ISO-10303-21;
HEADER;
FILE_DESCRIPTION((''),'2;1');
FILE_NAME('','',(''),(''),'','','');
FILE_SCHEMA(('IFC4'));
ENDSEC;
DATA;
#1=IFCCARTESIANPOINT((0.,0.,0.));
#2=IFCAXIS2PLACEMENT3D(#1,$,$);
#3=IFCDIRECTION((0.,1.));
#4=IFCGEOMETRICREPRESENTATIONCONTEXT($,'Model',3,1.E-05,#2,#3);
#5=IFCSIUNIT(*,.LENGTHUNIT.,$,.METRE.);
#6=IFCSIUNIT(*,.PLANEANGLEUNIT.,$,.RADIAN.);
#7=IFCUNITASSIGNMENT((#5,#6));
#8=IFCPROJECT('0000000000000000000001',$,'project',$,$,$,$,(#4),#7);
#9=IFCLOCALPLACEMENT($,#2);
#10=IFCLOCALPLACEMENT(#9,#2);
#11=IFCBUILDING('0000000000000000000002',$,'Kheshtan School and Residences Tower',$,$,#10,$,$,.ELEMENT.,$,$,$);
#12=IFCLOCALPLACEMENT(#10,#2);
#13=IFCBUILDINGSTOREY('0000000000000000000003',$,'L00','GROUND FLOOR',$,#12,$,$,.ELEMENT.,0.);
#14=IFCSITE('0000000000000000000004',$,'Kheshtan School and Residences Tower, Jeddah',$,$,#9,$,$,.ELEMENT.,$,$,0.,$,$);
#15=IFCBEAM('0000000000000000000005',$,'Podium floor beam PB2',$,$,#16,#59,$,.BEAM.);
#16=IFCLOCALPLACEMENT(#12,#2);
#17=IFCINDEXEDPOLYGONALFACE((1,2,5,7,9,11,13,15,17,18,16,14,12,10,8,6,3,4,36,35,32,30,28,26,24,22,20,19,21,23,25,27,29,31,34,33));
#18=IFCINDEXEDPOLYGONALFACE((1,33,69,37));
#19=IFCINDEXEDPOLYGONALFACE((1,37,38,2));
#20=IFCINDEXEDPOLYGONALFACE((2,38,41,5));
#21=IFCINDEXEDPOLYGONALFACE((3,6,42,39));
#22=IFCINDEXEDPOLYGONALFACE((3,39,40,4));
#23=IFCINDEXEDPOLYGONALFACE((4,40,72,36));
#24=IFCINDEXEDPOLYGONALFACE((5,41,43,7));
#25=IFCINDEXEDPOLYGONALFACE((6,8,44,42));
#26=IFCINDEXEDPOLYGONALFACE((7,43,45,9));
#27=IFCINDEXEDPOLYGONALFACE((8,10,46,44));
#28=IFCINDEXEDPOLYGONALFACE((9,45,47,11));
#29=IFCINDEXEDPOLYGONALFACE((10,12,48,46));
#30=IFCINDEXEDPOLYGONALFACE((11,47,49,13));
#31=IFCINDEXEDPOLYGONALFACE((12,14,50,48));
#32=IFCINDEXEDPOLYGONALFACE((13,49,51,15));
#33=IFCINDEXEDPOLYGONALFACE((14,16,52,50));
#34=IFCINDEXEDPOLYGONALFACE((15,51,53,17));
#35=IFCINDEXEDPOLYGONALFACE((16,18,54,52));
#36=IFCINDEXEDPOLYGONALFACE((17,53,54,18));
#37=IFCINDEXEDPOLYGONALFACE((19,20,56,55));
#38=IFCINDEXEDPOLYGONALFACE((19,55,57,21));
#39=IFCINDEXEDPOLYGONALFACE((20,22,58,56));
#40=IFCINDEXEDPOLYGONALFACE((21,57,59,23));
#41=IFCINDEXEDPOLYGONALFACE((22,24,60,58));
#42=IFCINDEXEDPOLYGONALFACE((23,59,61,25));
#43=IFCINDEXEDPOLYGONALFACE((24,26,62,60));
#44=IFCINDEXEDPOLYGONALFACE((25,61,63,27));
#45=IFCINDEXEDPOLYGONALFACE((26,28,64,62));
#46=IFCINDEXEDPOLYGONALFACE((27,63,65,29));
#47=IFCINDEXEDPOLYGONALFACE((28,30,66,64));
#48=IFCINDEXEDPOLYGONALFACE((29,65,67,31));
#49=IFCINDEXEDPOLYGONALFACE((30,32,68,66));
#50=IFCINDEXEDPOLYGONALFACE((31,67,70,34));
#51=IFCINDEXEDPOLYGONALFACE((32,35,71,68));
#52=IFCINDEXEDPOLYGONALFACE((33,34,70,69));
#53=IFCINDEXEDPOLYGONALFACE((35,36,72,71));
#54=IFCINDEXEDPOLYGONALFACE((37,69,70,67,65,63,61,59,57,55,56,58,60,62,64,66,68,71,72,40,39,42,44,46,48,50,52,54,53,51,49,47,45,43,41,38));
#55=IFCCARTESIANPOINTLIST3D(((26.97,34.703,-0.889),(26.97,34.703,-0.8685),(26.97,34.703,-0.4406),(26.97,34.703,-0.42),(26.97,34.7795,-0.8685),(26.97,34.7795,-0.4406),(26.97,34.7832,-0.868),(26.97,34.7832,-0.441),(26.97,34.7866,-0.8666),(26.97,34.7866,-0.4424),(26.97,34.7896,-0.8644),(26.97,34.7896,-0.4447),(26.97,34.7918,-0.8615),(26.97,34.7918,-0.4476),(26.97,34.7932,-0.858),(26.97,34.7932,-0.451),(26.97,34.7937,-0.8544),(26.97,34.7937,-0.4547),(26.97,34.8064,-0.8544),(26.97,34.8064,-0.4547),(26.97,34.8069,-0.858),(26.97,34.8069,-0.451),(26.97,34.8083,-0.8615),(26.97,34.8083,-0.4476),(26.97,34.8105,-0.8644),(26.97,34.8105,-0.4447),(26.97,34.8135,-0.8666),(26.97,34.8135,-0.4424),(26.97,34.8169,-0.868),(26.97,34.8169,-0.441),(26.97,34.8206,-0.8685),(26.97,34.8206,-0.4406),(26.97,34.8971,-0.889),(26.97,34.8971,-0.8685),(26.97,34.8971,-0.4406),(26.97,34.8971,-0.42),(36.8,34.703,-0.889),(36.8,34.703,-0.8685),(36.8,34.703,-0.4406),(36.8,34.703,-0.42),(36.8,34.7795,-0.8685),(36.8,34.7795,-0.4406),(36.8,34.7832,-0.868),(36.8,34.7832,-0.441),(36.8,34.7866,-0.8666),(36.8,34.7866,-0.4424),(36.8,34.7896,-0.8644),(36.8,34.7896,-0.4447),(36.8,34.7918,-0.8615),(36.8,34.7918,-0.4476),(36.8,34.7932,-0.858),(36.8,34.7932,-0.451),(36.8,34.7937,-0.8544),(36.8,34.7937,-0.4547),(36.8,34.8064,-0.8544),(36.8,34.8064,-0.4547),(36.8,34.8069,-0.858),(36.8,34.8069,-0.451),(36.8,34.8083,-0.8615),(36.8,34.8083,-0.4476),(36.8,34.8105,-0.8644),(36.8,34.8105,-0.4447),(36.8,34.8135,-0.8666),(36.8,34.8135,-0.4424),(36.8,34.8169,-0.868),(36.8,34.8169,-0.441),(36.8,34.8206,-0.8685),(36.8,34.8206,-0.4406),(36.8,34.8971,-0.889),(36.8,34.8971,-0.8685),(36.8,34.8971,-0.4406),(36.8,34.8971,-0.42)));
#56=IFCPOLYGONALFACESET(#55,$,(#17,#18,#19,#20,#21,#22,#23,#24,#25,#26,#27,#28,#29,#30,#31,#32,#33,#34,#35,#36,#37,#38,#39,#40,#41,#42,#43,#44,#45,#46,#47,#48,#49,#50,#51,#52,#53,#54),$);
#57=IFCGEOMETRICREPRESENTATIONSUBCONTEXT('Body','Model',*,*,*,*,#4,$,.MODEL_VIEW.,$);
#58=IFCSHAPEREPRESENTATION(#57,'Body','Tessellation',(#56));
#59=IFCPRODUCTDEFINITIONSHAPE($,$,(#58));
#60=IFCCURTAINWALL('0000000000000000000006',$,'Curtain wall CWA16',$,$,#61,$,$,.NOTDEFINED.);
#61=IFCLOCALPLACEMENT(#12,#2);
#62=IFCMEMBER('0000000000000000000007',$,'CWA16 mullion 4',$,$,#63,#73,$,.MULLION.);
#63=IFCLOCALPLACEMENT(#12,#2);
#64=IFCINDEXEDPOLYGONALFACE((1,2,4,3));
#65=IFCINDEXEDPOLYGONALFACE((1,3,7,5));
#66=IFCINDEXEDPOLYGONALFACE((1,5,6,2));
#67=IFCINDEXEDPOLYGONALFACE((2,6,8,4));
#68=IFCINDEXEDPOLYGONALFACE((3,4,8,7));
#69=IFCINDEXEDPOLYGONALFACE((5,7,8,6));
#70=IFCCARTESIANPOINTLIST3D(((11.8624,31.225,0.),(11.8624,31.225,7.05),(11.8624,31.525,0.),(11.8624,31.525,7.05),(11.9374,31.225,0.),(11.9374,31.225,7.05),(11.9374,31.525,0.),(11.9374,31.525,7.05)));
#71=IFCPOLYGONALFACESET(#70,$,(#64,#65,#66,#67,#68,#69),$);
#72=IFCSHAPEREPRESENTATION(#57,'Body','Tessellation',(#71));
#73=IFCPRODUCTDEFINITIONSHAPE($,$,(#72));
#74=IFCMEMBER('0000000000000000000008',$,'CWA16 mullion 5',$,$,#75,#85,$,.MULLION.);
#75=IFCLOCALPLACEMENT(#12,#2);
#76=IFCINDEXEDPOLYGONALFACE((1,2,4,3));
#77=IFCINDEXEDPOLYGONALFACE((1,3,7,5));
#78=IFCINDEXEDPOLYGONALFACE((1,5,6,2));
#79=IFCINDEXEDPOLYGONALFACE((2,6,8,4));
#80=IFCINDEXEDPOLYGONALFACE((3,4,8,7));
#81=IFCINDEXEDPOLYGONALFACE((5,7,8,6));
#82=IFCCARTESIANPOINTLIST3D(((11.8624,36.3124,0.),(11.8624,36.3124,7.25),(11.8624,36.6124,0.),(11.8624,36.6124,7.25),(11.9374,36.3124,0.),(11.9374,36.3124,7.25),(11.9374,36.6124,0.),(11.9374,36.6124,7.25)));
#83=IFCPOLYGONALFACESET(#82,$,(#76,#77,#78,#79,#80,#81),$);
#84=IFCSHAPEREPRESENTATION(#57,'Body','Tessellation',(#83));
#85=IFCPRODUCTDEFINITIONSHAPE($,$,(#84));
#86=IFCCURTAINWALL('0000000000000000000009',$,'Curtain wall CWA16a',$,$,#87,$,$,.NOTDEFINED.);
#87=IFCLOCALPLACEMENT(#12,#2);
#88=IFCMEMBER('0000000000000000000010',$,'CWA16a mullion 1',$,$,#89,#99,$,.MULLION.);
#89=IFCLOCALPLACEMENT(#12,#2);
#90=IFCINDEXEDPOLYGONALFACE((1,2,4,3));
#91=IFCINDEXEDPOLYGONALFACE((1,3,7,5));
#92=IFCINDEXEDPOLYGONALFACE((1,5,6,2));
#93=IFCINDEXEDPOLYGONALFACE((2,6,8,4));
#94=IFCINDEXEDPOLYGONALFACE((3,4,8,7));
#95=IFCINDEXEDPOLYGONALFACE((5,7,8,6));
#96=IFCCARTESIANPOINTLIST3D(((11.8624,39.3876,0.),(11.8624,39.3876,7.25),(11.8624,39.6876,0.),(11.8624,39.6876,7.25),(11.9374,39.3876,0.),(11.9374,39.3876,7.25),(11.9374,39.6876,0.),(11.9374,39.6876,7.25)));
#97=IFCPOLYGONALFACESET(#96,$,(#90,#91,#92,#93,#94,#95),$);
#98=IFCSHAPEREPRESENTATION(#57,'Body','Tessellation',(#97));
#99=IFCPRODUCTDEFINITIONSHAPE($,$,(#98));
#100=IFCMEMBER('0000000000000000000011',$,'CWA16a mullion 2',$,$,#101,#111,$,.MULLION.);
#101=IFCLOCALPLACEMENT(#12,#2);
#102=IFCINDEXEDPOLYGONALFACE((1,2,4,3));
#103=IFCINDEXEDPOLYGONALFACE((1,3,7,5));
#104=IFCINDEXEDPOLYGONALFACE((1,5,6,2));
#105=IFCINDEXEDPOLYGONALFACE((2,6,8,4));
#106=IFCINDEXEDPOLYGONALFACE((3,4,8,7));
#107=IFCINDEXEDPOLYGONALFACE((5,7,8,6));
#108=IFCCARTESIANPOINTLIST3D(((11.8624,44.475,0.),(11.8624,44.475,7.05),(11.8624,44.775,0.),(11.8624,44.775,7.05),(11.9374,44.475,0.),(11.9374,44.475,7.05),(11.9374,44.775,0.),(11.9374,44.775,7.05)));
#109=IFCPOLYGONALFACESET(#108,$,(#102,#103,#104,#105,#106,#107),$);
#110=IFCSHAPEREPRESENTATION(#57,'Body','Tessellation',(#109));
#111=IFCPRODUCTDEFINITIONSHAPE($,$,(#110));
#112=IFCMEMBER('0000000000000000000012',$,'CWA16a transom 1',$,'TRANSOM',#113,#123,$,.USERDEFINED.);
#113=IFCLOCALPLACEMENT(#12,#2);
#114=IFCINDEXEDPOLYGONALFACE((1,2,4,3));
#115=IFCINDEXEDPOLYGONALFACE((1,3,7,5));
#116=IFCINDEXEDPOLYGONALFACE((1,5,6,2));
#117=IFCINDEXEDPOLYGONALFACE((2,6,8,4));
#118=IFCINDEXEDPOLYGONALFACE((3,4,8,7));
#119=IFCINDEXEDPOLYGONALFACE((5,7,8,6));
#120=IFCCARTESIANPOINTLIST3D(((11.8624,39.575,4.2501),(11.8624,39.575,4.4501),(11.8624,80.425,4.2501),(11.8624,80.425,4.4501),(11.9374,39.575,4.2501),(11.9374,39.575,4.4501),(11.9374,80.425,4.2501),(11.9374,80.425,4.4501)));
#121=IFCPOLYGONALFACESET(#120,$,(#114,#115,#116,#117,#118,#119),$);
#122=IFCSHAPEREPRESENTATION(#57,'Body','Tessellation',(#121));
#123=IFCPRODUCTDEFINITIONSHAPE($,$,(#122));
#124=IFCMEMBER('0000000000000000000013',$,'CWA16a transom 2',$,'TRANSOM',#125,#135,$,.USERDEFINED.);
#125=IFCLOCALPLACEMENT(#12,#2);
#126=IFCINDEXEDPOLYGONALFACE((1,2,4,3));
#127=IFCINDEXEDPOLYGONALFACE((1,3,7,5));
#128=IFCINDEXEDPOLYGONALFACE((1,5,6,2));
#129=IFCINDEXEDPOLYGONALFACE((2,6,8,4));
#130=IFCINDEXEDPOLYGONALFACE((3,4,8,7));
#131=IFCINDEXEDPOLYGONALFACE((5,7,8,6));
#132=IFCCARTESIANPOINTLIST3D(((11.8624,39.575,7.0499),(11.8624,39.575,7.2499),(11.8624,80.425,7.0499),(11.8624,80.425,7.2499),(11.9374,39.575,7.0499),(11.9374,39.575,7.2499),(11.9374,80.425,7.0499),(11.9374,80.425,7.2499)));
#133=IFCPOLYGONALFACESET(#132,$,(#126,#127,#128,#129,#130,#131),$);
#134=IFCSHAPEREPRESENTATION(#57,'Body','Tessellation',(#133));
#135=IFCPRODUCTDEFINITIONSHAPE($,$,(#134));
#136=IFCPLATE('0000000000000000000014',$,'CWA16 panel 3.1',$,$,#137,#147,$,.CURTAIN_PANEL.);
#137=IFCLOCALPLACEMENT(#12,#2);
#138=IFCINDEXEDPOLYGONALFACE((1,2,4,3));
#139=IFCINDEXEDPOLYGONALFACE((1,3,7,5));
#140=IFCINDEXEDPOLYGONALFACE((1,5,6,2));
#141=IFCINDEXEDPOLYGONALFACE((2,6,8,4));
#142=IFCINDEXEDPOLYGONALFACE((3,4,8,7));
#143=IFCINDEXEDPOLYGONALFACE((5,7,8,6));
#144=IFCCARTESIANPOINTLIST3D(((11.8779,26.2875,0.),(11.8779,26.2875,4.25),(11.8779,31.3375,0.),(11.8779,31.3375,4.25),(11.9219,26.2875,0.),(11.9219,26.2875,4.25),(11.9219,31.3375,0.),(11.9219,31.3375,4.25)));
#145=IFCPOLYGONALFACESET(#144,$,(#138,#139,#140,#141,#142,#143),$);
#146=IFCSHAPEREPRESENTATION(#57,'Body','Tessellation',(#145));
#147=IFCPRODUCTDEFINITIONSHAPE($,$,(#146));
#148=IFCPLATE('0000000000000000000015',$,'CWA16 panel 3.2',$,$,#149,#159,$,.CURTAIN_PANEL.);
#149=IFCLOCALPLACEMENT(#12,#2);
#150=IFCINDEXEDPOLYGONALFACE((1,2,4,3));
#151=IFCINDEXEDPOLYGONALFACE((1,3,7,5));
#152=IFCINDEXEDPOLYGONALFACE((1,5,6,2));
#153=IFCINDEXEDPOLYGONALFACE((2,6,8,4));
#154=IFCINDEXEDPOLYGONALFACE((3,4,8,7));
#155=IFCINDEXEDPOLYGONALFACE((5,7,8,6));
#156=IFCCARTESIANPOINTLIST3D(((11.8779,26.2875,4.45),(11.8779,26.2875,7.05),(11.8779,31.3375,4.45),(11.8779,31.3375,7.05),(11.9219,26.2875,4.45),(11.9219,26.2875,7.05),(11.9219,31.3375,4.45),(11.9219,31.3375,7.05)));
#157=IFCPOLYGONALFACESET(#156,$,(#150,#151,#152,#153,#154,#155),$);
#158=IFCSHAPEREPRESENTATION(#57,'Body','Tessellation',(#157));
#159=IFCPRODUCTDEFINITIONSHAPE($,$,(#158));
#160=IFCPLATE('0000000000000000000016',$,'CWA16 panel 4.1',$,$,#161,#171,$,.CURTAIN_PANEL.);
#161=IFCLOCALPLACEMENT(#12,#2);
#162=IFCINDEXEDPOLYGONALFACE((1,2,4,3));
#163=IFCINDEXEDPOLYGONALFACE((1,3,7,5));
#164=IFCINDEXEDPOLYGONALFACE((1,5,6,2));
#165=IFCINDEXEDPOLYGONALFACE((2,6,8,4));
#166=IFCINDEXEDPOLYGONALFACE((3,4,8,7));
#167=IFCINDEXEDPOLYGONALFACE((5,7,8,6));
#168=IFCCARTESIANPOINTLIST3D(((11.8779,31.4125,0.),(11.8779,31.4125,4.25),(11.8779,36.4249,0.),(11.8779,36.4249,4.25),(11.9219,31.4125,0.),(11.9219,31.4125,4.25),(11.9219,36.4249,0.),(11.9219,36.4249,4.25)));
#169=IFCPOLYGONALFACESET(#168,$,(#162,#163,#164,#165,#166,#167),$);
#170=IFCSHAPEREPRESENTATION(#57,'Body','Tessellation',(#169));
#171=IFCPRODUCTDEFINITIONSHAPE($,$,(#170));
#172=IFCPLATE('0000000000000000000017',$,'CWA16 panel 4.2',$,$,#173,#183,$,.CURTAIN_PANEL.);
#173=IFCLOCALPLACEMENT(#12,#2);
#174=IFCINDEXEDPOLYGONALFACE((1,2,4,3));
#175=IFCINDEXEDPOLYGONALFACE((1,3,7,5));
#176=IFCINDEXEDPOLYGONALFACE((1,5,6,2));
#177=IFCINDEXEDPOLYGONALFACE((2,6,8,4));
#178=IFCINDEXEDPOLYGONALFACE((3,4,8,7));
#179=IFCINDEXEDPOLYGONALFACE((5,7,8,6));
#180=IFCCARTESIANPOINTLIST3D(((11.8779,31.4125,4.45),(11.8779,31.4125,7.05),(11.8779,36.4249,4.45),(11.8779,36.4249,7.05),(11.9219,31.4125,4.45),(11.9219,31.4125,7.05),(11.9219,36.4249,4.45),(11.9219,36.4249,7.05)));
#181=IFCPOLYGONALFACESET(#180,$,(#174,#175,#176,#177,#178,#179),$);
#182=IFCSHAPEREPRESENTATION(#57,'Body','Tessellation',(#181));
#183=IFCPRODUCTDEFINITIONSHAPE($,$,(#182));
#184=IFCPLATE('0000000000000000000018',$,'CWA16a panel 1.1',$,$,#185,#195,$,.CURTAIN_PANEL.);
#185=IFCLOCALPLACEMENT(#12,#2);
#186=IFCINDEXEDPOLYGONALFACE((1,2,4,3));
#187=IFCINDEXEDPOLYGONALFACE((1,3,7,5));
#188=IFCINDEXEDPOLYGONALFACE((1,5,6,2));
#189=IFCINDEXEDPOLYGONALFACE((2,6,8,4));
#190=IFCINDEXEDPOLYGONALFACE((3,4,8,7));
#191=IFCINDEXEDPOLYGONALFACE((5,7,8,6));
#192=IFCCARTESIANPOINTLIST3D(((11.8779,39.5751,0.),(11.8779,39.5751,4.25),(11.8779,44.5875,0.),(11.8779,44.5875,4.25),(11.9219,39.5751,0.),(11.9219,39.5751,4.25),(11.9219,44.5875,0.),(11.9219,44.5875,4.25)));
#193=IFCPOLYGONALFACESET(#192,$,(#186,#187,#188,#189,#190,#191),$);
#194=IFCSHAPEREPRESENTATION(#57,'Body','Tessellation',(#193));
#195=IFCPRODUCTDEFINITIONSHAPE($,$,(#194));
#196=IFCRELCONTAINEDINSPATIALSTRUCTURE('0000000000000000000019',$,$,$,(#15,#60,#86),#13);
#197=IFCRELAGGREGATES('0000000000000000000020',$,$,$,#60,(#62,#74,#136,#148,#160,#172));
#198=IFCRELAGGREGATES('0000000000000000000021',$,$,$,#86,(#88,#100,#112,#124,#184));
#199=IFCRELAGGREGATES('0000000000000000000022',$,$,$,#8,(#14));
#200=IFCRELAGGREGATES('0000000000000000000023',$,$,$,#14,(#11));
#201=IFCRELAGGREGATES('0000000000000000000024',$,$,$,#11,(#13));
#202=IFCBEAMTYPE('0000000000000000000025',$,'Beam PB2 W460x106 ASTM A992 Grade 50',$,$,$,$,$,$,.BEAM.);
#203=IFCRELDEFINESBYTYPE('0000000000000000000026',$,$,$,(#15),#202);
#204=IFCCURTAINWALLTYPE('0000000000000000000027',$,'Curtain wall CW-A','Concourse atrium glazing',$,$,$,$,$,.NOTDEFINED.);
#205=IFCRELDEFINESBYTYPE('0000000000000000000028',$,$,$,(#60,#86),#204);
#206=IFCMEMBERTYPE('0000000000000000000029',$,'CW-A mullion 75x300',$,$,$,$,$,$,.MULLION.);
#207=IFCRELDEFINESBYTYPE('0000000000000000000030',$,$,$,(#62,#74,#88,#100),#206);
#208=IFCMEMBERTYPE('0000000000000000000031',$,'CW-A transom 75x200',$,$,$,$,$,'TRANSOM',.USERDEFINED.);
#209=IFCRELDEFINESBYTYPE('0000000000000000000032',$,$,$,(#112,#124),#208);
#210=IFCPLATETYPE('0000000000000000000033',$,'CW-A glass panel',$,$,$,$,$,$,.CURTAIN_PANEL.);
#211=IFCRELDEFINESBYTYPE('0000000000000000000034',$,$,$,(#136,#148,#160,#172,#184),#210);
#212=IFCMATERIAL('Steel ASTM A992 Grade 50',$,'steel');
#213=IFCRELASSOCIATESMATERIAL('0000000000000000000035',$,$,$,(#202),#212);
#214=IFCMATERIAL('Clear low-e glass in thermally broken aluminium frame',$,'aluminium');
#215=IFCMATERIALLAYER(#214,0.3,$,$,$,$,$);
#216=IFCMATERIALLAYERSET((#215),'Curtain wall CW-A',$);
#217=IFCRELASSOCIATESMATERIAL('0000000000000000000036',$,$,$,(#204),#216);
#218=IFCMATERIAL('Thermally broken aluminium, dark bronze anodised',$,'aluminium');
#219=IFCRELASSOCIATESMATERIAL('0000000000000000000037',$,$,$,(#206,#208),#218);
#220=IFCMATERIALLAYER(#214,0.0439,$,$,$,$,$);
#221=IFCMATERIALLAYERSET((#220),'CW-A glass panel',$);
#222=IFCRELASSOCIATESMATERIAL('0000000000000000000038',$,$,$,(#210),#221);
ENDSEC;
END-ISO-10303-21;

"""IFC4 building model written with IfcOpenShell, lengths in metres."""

from ifc_helpers import new_model, si_unit, direction, frame, origin, origin_2d, place, context, subcontext, project, spatial, rectangle, i_section, extrude, material, layer, layer_set, material_profile, profile_set, type_object, element, aggregate, save


model = new_model("IFC4")

# Units and contexts
model_context = context("Model", 3, precision=1e-05, world=origin(), true_north=direction((0.0, 1.0)))
body_context = subcontext(model_context, "Body", "Model", "MODEL_VIEW")
ifc_project = project(units=[si_unit("LENGTHUNIT", "METRE"), si_unit("PLANEANGLEUNIT", "RADIAN")], contexts=[model_context])

# Site, building, storey
site_placement = place(None, origin())
site = spatial("IfcSite", under=ifc_project, at=site_placement, Name="Kheshtan School and Residences Tower, Jeddah", CompositionType="ELEMENT", RefElevation=0.0)
building_placement = place(site_placement, origin())
building = spatial("IfcBuilding", under=site, at=building_placement, Name="Kheshtan School and Residences Tower", CompositionType="ELEMENT")
storey_placement = place(building_placement, origin())
storey = spatial("IfcBuildingStorey", under=building, at=storey_placement, Name="L00", Description="GROUND FLOOR", CompositionType="ELEMENT", Elevation=0.0)

# Shared definitions
ifc_material_1 = material(Name="Steel ASTM A992 Grade 50", Category="steel")

# Beam
ifc_material_profile_1 = material_profile(ifc_material_1, i_section(OverallWidth=0.1941, OverallDepth=0.469, WebThickness=0.0127, FlangeThickness=0.0205, FilletRadius=0.0142, at=origin_2d()), Name="W460x106")
ifc_profile_set_1 = profile_set([ifc_material_profile_1], Name="Steel ASTM A992 Grade 50")
beam_type = type_object("IfcBeamType", Name="Beam PB2 W460x106 ASTM A992 Grade 50", PredefinedType="BEAM", material=ifc_profile_set_1)
beam_placement = place(storey_placement, frame((26.97, 34.8, -0.6545), z_axis=(1.0, 0.0, 0.0), x_axis=(0.0, 1.0, 0.0)))
element("IfcBeam", 1, at=beam_placement, inside=storey, type_object=beam_type, Name="Podium floor beam PB2", PredefinedType="BEAM", context=body_context, shape_type="SweptSolid", body=[
    extrude(i_section(OverallWidth=0.1941, OverallDepth=0.469, WebThickness=0.0127, FlangeThickness=0.0205, FilletRadius=0.0142, at=origin_2d()), origin(), (0.0, 0.0, 1.0), 9.8301),
])

# Curtain walls, members
ifc_material_2 = material(Name="Clear low-e glass in thermally broken aluminium frame", Category="aluminium")
ifc_layer_1 = layer(ifc_material_2, 0.3)
ifc_layer_set_1 = layer_set([ifc_layer_1], Name="Curtain wall CW-A")
curtain_wall_type = type_object("IfcCurtainWallType", Name="Curtain wall CW-A", Description="Concourse atrium glazing", PredefinedType="NOTDEFINED", material=ifc_layer_set_1)
curtain_wall_1_placement = place(storey_placement, origin())
curtain_wall_1 = element("IfcCurtainWall", 2, at=curtain_wall_1_placement, inside=storey, type_object=curtain_wall_type, Name="Curtain wall CWA16", PredefinedType="NOTDEFINED")
ifc_material_3 = material(Name="Thermally broken aluminium, dark bronze anodised", Category="aluminium")
ifc_material_profile_2 = material_profile(ifc_material_3, rectangle(XDim=0.075, YDim=0.3, at=origin_2d()), Name="CW-A mullion 75x300")
ifc_profile_set_2 = profile_set([ifc_material_profile_2], Name="Thermally broken aluminium, dark bronze anodised")
member_type_1 = type_object("IfcMemberType", Name="CW-A mullion 75x300", PredefinedType="MULLION", material=ifc_profile_set_2)
member_1_placement = place(storey_placement, frame((11.8999, 31.375, 0.0), z_axis=(0.0, 0.0, 1.0), x_axis=(-1.0, 0.0, 0.0)))
member_1 = element("IfcMember", 3, at=member_1_placement, type_object=member_type_1, Name="CWA16 mullion 4", PredefinedType="MULLION", context=body_context, shape_type="SweptSolid", body=[
    extrude(rectangle(XDim=0.075, YDim=0.3, at=origin_2d()), origin(), (0.0, 0.0, 1.0), 7.05),
])
member_2_placement = place(storey_placement, frame((11.8999, 36.4624, 0.0), z_axis=(0.0, 0.0, 1.0), x_axis=(-1.0, 0.0, 0.0)))
member_2 = element("IfcMember", 4, at=member_2_placement, type_object=member_type_1, Name="CWA16 mullion 5", PredefinedType="MULLION", context=body_context, shape_type="SweptSolid", body=[
    extrude(rectangle(XDim=0.075, YDim=0.3, at=origin_2d()), origin(), (0.0, 0.0, 1.0), 7.25),
])
curtain_wall_2_placement = place(storey_placement, origin())
curtain_wall_2 = element("IfcCurtainWall", 5, at=curtain_wall_2_placement, inside=storey, type_object=curtain_wall_type, Name="Curtain wall CWA16a", PredefinedType="NOTDEFINED")
member_3_placement = place(storey_placement, frame((11.8999, 39.5376, 0.0), z_axis=(0.0, 0.0, 1.0), x_axis=(-1.0, 0.0, 0.0)))
member_3 = element("IfcMember", 6, at=member_3_placement, type_object=member_type_1, Name="CWA16a mullion 1", PredefinedType="MULLION", context=body_context, shape_type="SweptSolid", body=[
    extrude(rectangle(XDim=0.075, YDim=0.3, at=origin_2d()), origin(), (0.0, 0.0, 1.0), 7.25),
])
member_4_placement = place(storey_placement, frame((11.8999, 44.625, 0.0), z_axis=(0.0, 0.0, 1.0), x_axis=(-1.0, 0.0, 0.0)))
member_4 = element("IfcMember", 7, at=member_4_placement, type_object=member_type_1, Name="CWA16a mullion 2", PredefinedType="MULLION", context=body_context, shape_type="SweptSolid", body=[
    extrude(rectangle(XDim=0.075, YDim=0.3, at=origin_2d()), origin(), (0.0, 0.0, 1.0), 7.05),
])
ifc_material_profile_3 = material_profile(ifc_material_3, rectangle(XDim=0.075, YDim=0.2, at=origin_2d()), Name="CW-A transom 75x200")
ifc_profile_set_3 = profile_set([ifc_material_profile_3], Name="Thermally broken aluminium, dark bronze anodised")
member_type_2 = type_object("IfcMemberType", Name="CW-A transom 75x200", ElementType="TRANSOM", PredefinedType="USERDEFINED", material=ifc_profile_set_3)
member_5_placement = place(storey_placement, frame((11.8999, 39.575, 4.3501), z_axis=(0.0, 1.0, 0.0), x_axis=(-1.0, 0.0, 0.0)))
member_5 = element("IfcMember", 8, at=member_5_placement, type_object=member_type_2, Name="CWA16a transom 1", ObjectType="TRANSOM", PredefinedType="USERDEFINED", context=body_context, shape_type="SweptSolid", body=[
    extrude(rectangle(XDim=0.075, YDim=0.2, at=origin_2d()), origin(), (0.0, 0.0, 1.0), 40.8501),
])
member_6_placement = place(storey_placement, frame((11.8999, 39.575, 7.1499), z_axis=(0.0, 1.0, 0.0), x_axis=(-1.0, 0.0, 0.0)))
member_6 = element("IfcMember", 9, at=member_6_placement, type_object=member_type_2, Name="CWA16a transom 2", ObjectType="TRANSOM", PredefinedType="USERDEFINED", context=body_context, shape_type="SweptSolid", body=[
    extrude(rectangle(XDim=0.075, YDim=0.2, at=origin_2d()), origin(), (0.0, 0.0, 1.0), 40.8501),
])

# Plates
ifc_layer_2 = layer(ifc_material_2, 0.0439)
ifc_layer_set_2 = layer_set([ifc_layer_2], Name="CW-A glass panel")
plate_type = type_object("IfcPlateType", Name="CW-A glass panel", PredefinedType="CURTAIN_PANEL", material=ifc_layer_set_2)
plate_1_placement = place(storey_placement, frame((11.8999, 28.8125, 0.0), z_axis=(0.0, 0.0, 1.0), x_axis=(0.0, 1.0, 0.0)))
plate_1 = element("IfcPlate", 10, at=plate_1_placement, type_object=plate_type, Name="CWA16 panel 3.1", PredefinedType="CURTAIN_PANEL", context=body_context, shape_type="SweptSolid", body=[
    extrude(rectangle(XDim=5.05, YDim=0.0439, at=origin_2d()), origin(), (0.0, 0.0, 1.0), 4.25),
])
plate_2_placement = place(storey_placement, frame((11.8999, 28.8125, 4.45), z_axis=(0.0, 0.0, 1.0), x_axis=(0.0, 1.0, 0.0)))
plate_2 = element("IfcPlate", 11, at=plate_2_placement, type_object=plate_type, Name="CWA16 panel 3.2", PredefinedType="CURTAIN_PANEL", context=body_context, shape_type="SweptSolid", body=[
    extrude(rectangle(XDim=5.05, YDim=0.0439, at=origin_2d()), origin(), (0.0, 0.0, 1.0), 2.6001),
])
plate_3_placement = place(storey_placement, frame((11.8999, 33.9187, 0.0), z_axis=(0.0, 0.0, 1.0), x_axis=(0.0, 1.0, 0.0)))
plate_3 = element("IfcPlate", 12, at=plate_3_placement, type_object=plate_type, Name="CWA16 panel 4.1", PredefinedType="CURTAIN_PANEL", context=body_context, shape_type="SweptSolid", body=[
    extrude(rectangle(XDim=5.0125, YDim=0.0439, at=origin_2d()), origin(), (0.0, 0.0, 1.0), 4.25),
])
plate_4_placement = place(storey_placement, frame((11.8999, 33.9187, 4.45), z_axis=(0.0, 0.0, 1.0), x_axis=(0.0, 1.0, 0.0)))
plate_4 = element("IfcPlate", 13, at=plate_4_placement, type_object=plate_type, Name="CWA16 panel 4.2", PredefinedType="CURTAIN_PANEL", context=body_context, shape_type="SweptSolid", body=[
    extrude(rectangle(XDim=5.0125, YDim=0.0439, at=origin_2d()), origin(), (0.0, 0.0, 1.0), 2.6001),
])
aggregate(curtain_wall_1, [member_1, member_2, plate_1, plate_2, plate_3, plate_4])
plate_5_placement = place(storey_placement, frame((11.8999, 42.0813, 0.0), z_axis=(0.0, 0.0, 1.0), x_axis=(0.0, 1.0, 0.0)))
plate_5 = element("IfcPlate", 14, at=plate_5_placement, type_object=plate_type, Name="CWA16a panel 1.1", PredefinedType="CURTAIN_PANEL", context=body_context, shape_type="SweptSolid", body=[
    extrude(rectangle(XDim=5.0125, YDim=0.0439, at=origin_2d()), origin(), (0.0, 0.0, 1.0), 4.25),
])
aggregate(curtain_wall_2, [member_3, member_4, member_5, member_6, plate_5])

save(model, "model.ifc")
